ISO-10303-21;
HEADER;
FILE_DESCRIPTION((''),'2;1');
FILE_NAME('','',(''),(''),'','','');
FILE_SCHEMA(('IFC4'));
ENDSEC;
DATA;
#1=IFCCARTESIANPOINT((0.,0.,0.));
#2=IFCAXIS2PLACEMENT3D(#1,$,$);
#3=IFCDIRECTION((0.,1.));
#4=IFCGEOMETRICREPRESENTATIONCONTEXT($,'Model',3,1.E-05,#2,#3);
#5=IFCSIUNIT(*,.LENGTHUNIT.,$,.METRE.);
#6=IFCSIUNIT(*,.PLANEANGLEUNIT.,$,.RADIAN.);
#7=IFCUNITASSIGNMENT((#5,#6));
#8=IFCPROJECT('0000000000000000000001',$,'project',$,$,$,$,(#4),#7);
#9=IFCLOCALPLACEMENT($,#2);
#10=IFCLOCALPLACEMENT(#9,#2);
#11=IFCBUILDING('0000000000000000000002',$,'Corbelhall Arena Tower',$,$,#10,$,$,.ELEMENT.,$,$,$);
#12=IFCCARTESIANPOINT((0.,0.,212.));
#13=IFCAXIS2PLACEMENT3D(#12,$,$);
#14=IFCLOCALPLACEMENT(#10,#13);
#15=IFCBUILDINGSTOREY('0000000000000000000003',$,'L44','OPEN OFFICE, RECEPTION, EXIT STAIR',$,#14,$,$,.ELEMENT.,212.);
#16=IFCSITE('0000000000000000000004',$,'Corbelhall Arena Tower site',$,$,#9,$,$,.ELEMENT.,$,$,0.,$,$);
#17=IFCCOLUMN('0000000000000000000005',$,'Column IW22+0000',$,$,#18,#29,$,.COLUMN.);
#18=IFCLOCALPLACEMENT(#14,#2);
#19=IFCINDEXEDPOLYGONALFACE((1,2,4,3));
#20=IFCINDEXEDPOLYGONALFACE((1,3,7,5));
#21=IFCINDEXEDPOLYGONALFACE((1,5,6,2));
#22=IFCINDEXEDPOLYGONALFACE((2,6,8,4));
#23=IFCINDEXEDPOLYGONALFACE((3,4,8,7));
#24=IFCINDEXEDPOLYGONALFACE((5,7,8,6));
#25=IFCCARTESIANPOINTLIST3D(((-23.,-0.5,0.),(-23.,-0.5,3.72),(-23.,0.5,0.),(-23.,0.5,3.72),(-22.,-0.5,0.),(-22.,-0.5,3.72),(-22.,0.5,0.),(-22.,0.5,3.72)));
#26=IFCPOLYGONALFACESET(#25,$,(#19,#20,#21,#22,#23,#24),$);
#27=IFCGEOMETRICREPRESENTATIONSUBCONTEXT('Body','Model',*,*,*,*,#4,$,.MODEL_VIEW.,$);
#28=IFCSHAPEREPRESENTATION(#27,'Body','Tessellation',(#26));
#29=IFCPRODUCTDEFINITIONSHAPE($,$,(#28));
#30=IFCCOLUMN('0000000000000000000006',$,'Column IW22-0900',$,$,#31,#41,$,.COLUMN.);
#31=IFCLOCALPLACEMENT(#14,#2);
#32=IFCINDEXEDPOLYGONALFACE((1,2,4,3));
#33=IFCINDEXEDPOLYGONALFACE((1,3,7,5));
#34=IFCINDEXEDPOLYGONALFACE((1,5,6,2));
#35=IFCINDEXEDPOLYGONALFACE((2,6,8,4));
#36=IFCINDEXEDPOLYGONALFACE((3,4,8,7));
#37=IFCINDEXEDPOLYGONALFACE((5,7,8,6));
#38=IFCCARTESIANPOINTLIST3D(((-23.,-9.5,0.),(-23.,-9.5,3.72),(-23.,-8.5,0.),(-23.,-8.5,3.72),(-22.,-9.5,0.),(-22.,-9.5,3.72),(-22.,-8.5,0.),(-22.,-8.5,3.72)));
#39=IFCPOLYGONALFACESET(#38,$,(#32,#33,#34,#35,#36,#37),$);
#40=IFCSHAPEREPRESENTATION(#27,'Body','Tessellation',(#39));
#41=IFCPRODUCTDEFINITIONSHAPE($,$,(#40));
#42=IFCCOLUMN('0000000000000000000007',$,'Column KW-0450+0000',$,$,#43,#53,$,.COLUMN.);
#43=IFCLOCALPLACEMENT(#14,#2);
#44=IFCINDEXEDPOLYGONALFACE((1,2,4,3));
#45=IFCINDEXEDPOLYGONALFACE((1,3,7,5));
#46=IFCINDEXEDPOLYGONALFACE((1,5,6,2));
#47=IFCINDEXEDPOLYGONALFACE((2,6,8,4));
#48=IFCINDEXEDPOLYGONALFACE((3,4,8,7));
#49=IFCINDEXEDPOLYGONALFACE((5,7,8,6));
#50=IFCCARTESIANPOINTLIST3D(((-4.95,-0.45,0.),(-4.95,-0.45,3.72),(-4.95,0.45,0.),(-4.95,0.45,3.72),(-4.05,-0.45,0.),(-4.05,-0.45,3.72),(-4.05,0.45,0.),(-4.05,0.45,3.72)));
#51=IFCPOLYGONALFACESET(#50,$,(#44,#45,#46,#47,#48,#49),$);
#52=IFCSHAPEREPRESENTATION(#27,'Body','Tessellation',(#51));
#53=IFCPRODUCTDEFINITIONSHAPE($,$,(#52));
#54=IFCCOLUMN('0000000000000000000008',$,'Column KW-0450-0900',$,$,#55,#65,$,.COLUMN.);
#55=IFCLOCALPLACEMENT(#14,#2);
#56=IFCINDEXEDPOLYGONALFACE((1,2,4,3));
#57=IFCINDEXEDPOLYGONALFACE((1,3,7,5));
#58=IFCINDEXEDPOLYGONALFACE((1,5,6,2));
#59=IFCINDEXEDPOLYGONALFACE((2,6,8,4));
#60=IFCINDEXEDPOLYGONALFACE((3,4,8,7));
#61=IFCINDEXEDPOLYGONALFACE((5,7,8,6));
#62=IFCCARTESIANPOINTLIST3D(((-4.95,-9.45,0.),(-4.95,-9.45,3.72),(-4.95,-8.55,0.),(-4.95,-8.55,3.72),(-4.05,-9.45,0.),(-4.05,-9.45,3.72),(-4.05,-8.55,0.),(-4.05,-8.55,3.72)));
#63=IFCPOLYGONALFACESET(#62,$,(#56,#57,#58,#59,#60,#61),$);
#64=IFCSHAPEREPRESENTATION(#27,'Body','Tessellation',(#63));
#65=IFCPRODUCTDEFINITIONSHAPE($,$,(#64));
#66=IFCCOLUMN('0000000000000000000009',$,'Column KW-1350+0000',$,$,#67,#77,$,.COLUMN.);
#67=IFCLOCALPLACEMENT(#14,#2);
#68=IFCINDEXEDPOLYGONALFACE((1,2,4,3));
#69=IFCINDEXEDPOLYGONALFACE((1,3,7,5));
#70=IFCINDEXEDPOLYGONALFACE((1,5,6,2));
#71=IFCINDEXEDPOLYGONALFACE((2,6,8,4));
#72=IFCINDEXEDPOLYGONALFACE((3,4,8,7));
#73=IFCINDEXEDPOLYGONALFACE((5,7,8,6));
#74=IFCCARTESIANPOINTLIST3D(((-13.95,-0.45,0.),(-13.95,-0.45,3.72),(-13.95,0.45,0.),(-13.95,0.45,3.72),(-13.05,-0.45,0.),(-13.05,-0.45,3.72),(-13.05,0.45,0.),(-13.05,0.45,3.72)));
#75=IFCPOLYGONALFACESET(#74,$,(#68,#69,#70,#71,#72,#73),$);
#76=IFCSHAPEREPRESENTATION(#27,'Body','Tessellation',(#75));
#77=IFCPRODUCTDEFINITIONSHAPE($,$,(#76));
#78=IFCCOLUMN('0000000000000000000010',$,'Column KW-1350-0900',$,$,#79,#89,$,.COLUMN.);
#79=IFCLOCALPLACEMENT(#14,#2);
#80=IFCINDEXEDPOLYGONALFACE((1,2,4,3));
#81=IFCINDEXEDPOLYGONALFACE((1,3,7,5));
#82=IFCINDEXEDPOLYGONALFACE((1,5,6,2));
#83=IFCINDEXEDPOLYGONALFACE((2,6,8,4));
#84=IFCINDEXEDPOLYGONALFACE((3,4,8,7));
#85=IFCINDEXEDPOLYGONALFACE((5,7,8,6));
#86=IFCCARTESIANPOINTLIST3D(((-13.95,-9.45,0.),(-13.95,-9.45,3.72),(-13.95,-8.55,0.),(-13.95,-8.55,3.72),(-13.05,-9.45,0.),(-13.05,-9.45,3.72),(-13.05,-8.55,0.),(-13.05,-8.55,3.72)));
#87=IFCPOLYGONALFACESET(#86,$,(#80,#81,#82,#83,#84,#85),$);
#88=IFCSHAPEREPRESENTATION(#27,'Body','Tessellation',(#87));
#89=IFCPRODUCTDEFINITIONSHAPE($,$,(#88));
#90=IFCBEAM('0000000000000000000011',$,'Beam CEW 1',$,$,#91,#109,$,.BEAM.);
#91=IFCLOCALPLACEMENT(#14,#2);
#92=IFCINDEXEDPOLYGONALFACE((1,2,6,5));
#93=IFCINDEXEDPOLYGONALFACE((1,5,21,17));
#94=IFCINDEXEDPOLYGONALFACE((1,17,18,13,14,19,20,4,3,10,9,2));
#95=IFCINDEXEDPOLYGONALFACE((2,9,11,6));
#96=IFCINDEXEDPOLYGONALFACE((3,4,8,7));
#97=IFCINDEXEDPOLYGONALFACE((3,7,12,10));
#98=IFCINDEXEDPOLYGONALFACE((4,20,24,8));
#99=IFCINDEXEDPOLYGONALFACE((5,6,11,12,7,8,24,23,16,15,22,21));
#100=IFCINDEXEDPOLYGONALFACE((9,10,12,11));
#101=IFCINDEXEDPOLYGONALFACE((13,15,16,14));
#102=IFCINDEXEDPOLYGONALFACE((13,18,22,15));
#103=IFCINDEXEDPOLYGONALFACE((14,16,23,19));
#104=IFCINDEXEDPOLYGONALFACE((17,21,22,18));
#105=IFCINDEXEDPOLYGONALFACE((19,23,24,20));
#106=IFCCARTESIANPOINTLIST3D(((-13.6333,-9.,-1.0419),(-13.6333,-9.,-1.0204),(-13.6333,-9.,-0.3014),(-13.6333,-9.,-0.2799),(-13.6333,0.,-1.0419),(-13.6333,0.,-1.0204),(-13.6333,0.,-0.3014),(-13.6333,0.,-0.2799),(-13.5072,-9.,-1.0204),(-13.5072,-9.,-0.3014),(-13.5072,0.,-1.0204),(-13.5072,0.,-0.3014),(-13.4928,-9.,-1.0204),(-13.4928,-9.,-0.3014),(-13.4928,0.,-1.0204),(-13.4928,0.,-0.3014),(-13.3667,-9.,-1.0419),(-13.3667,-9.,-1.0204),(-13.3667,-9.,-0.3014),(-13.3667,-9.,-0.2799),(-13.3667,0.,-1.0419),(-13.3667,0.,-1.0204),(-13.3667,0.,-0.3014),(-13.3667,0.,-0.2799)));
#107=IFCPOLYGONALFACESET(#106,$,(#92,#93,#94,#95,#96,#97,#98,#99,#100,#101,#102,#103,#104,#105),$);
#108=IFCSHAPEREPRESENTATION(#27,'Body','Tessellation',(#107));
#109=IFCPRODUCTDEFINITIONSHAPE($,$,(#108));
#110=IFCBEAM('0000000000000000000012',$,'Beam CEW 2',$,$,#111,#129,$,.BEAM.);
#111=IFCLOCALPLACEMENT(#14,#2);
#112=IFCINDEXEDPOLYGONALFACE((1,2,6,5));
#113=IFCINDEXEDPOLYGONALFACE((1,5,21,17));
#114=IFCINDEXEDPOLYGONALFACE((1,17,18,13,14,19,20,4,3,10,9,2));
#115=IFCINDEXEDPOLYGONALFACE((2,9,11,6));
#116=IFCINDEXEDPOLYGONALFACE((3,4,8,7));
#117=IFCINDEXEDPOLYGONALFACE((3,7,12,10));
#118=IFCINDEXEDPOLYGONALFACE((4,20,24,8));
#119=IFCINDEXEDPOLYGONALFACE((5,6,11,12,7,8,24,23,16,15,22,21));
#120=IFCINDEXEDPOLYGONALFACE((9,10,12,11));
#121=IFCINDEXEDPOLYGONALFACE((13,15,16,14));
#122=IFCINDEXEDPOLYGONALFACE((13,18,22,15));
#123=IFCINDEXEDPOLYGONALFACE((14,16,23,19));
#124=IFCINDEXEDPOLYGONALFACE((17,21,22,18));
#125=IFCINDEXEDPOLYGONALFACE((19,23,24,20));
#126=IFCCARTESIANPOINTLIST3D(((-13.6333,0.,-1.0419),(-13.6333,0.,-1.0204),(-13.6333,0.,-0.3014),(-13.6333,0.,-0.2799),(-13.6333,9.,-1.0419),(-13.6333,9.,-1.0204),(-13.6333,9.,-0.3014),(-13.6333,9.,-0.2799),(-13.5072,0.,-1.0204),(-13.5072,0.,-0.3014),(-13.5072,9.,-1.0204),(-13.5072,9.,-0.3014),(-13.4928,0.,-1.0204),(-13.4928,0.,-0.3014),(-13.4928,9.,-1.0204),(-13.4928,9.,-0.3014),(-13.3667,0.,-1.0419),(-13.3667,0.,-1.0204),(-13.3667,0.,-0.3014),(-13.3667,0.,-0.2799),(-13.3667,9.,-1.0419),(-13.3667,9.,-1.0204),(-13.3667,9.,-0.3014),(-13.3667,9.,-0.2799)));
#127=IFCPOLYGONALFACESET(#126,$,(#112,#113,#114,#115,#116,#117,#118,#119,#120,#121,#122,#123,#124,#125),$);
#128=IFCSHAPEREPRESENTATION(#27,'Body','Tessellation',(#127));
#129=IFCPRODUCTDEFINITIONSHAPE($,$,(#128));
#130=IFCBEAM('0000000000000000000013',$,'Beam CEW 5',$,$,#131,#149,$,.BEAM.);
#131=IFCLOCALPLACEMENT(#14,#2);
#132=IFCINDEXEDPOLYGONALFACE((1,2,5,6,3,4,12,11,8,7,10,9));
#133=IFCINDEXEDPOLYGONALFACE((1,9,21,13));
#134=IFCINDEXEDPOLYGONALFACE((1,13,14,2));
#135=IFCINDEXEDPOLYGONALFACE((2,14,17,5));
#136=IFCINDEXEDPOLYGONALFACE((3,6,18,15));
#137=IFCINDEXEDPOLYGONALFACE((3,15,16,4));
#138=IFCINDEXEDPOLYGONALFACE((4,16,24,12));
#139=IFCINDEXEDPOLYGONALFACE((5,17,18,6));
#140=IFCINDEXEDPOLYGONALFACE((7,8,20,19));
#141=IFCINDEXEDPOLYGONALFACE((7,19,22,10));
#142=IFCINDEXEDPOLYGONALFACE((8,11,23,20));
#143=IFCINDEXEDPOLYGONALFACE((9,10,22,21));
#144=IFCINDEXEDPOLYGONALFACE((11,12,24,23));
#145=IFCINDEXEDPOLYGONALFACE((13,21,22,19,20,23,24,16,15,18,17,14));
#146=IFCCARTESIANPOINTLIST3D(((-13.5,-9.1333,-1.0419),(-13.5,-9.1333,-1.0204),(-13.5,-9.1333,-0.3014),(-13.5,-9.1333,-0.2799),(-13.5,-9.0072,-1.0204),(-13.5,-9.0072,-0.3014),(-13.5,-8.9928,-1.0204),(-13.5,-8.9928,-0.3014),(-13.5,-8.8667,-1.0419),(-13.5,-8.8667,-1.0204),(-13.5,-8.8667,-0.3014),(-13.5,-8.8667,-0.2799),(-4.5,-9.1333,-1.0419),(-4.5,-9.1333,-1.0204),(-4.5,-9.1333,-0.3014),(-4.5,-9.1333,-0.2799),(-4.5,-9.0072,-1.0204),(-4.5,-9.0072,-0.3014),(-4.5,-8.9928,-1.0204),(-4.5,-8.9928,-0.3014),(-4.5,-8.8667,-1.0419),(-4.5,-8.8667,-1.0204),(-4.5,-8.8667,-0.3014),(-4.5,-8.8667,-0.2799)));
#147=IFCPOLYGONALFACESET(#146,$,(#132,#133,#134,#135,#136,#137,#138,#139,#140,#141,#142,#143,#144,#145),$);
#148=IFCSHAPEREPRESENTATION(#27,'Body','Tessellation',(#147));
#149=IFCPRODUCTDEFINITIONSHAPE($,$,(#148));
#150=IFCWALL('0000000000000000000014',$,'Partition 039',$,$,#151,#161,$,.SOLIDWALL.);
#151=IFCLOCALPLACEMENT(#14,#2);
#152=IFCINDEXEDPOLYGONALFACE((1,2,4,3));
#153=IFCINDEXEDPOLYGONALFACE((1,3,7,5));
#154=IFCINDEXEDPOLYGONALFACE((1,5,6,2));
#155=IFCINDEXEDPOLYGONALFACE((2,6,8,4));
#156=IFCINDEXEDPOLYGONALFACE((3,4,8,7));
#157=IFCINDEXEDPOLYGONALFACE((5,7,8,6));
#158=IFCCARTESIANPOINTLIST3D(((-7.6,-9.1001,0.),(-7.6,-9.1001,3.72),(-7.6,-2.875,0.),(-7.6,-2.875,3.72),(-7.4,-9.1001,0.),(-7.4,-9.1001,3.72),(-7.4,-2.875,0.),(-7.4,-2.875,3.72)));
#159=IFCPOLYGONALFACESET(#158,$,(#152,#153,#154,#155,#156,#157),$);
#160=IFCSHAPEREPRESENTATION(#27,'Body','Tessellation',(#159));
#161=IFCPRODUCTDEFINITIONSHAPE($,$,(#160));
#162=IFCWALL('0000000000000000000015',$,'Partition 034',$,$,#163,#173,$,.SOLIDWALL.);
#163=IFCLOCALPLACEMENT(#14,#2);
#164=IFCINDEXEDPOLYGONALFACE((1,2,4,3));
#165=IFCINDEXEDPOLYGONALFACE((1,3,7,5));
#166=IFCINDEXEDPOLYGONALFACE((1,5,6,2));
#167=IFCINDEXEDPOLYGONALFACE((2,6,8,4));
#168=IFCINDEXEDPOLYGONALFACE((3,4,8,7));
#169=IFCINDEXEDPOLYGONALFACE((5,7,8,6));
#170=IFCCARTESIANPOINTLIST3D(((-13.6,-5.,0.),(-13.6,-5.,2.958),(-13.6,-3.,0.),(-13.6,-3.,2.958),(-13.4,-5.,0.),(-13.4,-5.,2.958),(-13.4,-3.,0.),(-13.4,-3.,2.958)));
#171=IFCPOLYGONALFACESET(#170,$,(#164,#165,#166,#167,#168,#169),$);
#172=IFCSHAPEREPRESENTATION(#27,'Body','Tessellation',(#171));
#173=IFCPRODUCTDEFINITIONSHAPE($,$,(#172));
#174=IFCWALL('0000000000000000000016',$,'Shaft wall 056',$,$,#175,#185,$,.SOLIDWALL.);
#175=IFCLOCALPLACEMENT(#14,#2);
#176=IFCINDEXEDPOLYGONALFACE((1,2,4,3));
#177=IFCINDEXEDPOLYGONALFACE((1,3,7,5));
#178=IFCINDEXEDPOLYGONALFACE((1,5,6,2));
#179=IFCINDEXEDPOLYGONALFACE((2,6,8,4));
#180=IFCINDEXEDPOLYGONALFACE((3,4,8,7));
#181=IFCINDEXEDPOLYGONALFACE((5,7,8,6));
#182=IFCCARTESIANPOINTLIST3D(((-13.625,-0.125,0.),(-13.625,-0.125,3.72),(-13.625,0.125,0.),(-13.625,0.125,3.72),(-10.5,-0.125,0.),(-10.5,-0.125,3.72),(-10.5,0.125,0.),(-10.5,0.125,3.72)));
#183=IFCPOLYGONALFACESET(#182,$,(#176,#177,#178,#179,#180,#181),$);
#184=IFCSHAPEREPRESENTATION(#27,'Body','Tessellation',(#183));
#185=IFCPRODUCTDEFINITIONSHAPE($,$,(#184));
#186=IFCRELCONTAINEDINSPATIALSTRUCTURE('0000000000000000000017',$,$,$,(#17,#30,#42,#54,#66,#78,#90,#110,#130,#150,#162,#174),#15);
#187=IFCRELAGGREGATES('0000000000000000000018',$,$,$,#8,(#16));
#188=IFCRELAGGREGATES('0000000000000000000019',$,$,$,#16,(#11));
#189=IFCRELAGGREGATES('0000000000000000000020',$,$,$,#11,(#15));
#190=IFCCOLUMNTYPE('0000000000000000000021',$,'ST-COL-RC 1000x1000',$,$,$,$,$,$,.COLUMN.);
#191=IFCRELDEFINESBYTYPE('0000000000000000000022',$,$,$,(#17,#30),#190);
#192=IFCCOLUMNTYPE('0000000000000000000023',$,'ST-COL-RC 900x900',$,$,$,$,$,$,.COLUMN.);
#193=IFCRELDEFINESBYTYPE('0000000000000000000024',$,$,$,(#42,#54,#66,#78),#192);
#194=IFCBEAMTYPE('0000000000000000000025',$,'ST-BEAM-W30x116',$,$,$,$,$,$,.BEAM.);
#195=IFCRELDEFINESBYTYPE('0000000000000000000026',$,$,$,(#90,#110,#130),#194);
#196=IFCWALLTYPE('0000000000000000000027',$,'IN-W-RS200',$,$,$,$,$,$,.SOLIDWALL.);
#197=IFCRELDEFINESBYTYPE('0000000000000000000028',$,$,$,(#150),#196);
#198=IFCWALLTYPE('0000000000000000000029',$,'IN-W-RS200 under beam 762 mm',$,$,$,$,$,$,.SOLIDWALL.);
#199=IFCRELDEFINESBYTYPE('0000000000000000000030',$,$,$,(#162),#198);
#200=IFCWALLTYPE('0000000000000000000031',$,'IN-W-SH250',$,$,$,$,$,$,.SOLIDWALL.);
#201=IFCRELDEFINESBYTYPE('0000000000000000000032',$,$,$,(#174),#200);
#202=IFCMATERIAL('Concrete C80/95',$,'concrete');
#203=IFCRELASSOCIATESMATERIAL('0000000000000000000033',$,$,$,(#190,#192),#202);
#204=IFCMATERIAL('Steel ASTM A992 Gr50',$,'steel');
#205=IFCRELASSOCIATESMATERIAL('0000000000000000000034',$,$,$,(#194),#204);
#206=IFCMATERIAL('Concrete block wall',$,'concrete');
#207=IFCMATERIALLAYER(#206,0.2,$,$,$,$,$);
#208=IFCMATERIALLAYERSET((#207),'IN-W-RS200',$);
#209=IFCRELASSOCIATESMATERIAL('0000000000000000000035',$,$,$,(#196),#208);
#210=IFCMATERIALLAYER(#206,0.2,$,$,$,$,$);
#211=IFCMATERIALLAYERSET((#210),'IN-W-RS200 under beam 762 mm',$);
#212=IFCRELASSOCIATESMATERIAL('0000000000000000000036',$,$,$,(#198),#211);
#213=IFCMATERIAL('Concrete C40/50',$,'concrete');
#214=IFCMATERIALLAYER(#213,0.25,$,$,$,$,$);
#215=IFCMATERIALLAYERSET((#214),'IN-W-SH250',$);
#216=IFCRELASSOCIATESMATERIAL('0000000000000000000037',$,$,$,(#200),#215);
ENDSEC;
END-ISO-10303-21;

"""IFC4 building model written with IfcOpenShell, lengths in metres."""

from ifc_helpers import new_model, si_unit, direction, frame, frame_2d, origin, origin_2d, place, context, subcontext, project, spatial, rectangle, i_section, extrude, material, layer, layer_set, material_profile, profile_set, type_object, element, save


model = new_model("IFC4")

# Units and contexts
model_context = context("Model", 3, precision=1e-05, world=origin(), true_north=direction((0.0, 1.0)))
body_context = subcontext(model_context, "Body", "Model", "MODEL_VIEW")
ifc_project = project(units=[si_unit("LENGTHUNIT", "METRE"), si_unit("PLANEANGLEUNIT", "RADIAN")], contexts=[model_context])

# Site, building, storey
site_placement = place(None, origin())
site = spatial("IfcSite", under=ifc_project, at=site_placement, Name="Corbelhall Arena Tower site", CompositionType="ELEMENT", RefElevation=0.0)
building_placement = place(site_placement, origin())
building = spatial("IfcBuilding", under=site, at=building_placement, Name="Corbelhall Arena Tower", CompositionType="ELEMENT")
storey_placement = place(building_placement, frame((0.0, 0.0, 212.0)))
storey = spatial("IfcBuildingStorey", under=building, at=storey_placement, Name="L44", Description="OPEN OFFICE, RECEPTION, EXIT STAIR", CompositionType="ELEMENT", Elevation=212.0)

# Columns
ifc_material_1 = material(Name="Concrete C80/95", Category="concrete")
ifc_material_profile_1 = material_profile(ifc_material_1, rectangle(XDim=1.0, YDim=1.0, at=origin_2d()))
ifc_profile_set_1 = profile_set([ifc_material_profile_1], Name="Concrete C80/95")
column_type_1 = type_object("IfcColumnType", Name="ST-COL-RC 1000x1000", PredefinedType="COLUMN", material=ifc_profile_set_1)
for number, where, z_axis, x_axis, name in (
    (1, (-22.5, 0.0, 0.0), (0.0, 0.0, 1.0), (1.0, 0.0, 0.0), "Column IW22+0000"),
    (2, (-22.5, -9.0, 0.0), (0.0, 0.0, 1.0), (1.0, 0.0, 0.0), "Column IW22-0900"),
):
    element("IfcColumn", number, at=place(storey_placement, frame(where, z_axis=z_axis, x_axis=x_axis)), inside=storey, type_object=column_type_1, Name=name, PredefinedType="COLUMN", context=body_context, shape_type="SweptSolid", body=[
        extrude(rectangle(XDim=1.0, YDim=1.0, at=origin_2d()), origin(), (0.0, 0.0, 1.0), 3.72),
    ])
ifc_material_profile_2 = material_profile(ifc_material_1, rectangle(XDim=0.8999, YDim=0.8999, at=origin_2d()))
ifc_profile_set_2 = profile_set([ifc_material_profile_2], Name="Concrete C80/95")
column_type_2 = type_object("IfcColumnType", Name="ST-COL-RC 900x900", PredefinedType="COLUMN", material=ifc_profile_set_2)
for number, where, z_axis, x_axis, name in (
    (3, (-4.5, 0.0, 0.0), (0.0, 0.0, 1.0), (1.0, 0.0, 0.0), "Column KW-0450+0000"),
    (4, (-4.5, -9.0, 0.0), (0.0, 0.0, 1.0), (1.0, 0.0, 0.0), "Column KW-0450-0900"),
    (5, (-13.5, 0.0, 0.0), (0.0, 0.0, 1.0), (1.0, 0.0, 0.0), "Column KW-1350+0000"),
    (6, (-13.5, -9.0, 0.0), (0.0, 0.0, 1.0), (1.0, 0.0, 0.0), "Column KW-1350-0900"),
):
    element("IfcColumn", number, at=place(storey_placement, frame(where, z_axis=z_axis, x_axis=x_axis)), inside=storey, type_object=column_type_2, Name=name, PredefinedType="COLUMN", context=body_context, shape_type="SweptSolid", body=[
        extrude(rectangle(XDim=0.8999, YDim=0.8999, at=origin_2d()), origin(), (0.0, 0.0, 1.0), 3.72),
    ])

# Beams
ifc_material_2 = material(Name="Steel ASTM A992 Gr50", Category="steel")
ifc_material_profile_3 = material_profile(ifc_material_2, i_section(OverallWidth=0.2666, OverallDepth=0.762, WebThickness=0.0144, FlangeThickness=0.0215, at=origin_2d()))
ifc_profile_set_3 = profile_set([ifc_material_profile_3], Name="Steel ASTM A992 Gr50")
beam_type = type_object("IfcBeamType", Name="ST-BEAM-W30x116", PredefinedType="BEAM", material=ifc_profile_set_3)
for number, where, z_axis, x_axis, name in (
    (7, (-13.5, -9.0, -0.6609), (0.0, 1.0, 0.0), (-1.0, 0.0, 0.0), "Beam CEW 1"),
    (8, (-13.5, 0.0, -0.6609), (0.0, 1.0, 0.0), (-1.0, 0.0, 0.0), "Beam CEW 2"),
    (9, (-13.5, -9.0, -0.6609), (1.0, 0.0, 0.0), (0.0, 1.0, 0.0), "Beam CEW 5"),
):
    element("IfcBeam", number, at=place(storey_placement, frame(where, z_axis=z_axis, x_axis=x_axis)), inside=storey, type_object=beam_type, Name=name, PredefinedType="BEAM", context=body_context, shape_type="SweptSolid", body=[
        extrude(i_section(OverallWidth=0.2666, OverallDepth=0.762, WebThickness=0.0144, FlangeThickness=0.0215, at=origin_2d()), origin(), (0.0, 0.0, 1.0), 9.0),
    ])

# Shared definitions
ifc_material_3 = material(Name="Concrete block wall", Category="concrete")
ifc_layer_1 = layer(ifc_material_3, 0.2)
ifc_layer_set_1 = layer_set([ifc_layer_1], Name="IN-W-RS200")
wall_type_1 = type_object("IfcWallType", Name="IN-W-RS200", PredefinedType="SOLIDWALL", material=ifc_layer_set_1)

# Walls
wall_1_placement = place(storey_placement, frame((-7.5, -9.1001, 0.0), z_axis=(0.0, 0.0, 1.0), x_axis=(0.0, 1.0, 0.0)))
element("IfcWall", 10, at=wall_1_placement, inside=storey, type_object=wall_type_1, Name="Partition 039", PredefinedType="SOLIDWALL", context=body_context, shape_type="SweptSolid", body=[
    extrude(rectangle(XDim=6.2251, YDim=0.2, at=frame_2d((3.1125, 0.0))), origin(), (0.0, 0.0, 1.0), 3.72),
])
ifc_layer_2 = layer(ifc_material_3, 0.2)
ifc_layer_set_2 = layer_set([ifc_layer_2], Name="IN-W-RS200 under beam 762 mm")
wall_type_2 = type_object("IfcWallType", Name="IN-W-RS200 under beam 762 mm", PredefinedType="SOLIDWALL", material=ifc_layer_set_2)
wall_2_placement = place(storey_placement, frame((-13.5, -5.0, 0.0), z_axis=(0.0, 0.0, 1.0), x_axis=(0.0, 1.0, 0.0)))
element("IfcWall", 11, at=wall_2_placement, inside=storey, type_object=wall_type_2, Name="Partition 034", PredefinedType="SOLIDWALL", context=body_context, shape_type="SweptSolid", body=[
    extrude(rectangle(XDim=2.0, YDim=0.2, at=frame_2d((1.0, 0.0))), origin(), (0.0, 0.0, 1.0), 2.958),
])
ifc_material_4 = material(Name="Concrete C40/50", Category="concrete")
ifc_layer_3 = layer(ifc_material_4, 0.25)
ifc_layer_set_3 = layer_set([ifc_layer_3], Name="IN-W-SH250")
wall_type_3 = type_object("IfcWallType", Name="IN-W-SH250", PredefinedType="SOLIDWALL", material=ifc_layer_set_3)
wall_3_placement = place(storey_placement, frame((-13.625, 0.0, 0.0), z_axis=(0.0, 0.0, 1.0), x_axis=(1.0, 0.0, 0.0)))
element("IfcWall", 12, at=wall_3_placement, inside=storey, type_object=wall_type_3, Name="Shaft wall 056", PredefinedType="SOLIDWALL", context=body_context, shape_type="SweptSolid", body=[
    extrude(rectangle(XDim=3.125, YDim=0.25, at=frame_2d((1.5625, 0.0))), origin(), (0.0, 0.0, 1.0), 3.72),
])

save(model, "model.ifc")
